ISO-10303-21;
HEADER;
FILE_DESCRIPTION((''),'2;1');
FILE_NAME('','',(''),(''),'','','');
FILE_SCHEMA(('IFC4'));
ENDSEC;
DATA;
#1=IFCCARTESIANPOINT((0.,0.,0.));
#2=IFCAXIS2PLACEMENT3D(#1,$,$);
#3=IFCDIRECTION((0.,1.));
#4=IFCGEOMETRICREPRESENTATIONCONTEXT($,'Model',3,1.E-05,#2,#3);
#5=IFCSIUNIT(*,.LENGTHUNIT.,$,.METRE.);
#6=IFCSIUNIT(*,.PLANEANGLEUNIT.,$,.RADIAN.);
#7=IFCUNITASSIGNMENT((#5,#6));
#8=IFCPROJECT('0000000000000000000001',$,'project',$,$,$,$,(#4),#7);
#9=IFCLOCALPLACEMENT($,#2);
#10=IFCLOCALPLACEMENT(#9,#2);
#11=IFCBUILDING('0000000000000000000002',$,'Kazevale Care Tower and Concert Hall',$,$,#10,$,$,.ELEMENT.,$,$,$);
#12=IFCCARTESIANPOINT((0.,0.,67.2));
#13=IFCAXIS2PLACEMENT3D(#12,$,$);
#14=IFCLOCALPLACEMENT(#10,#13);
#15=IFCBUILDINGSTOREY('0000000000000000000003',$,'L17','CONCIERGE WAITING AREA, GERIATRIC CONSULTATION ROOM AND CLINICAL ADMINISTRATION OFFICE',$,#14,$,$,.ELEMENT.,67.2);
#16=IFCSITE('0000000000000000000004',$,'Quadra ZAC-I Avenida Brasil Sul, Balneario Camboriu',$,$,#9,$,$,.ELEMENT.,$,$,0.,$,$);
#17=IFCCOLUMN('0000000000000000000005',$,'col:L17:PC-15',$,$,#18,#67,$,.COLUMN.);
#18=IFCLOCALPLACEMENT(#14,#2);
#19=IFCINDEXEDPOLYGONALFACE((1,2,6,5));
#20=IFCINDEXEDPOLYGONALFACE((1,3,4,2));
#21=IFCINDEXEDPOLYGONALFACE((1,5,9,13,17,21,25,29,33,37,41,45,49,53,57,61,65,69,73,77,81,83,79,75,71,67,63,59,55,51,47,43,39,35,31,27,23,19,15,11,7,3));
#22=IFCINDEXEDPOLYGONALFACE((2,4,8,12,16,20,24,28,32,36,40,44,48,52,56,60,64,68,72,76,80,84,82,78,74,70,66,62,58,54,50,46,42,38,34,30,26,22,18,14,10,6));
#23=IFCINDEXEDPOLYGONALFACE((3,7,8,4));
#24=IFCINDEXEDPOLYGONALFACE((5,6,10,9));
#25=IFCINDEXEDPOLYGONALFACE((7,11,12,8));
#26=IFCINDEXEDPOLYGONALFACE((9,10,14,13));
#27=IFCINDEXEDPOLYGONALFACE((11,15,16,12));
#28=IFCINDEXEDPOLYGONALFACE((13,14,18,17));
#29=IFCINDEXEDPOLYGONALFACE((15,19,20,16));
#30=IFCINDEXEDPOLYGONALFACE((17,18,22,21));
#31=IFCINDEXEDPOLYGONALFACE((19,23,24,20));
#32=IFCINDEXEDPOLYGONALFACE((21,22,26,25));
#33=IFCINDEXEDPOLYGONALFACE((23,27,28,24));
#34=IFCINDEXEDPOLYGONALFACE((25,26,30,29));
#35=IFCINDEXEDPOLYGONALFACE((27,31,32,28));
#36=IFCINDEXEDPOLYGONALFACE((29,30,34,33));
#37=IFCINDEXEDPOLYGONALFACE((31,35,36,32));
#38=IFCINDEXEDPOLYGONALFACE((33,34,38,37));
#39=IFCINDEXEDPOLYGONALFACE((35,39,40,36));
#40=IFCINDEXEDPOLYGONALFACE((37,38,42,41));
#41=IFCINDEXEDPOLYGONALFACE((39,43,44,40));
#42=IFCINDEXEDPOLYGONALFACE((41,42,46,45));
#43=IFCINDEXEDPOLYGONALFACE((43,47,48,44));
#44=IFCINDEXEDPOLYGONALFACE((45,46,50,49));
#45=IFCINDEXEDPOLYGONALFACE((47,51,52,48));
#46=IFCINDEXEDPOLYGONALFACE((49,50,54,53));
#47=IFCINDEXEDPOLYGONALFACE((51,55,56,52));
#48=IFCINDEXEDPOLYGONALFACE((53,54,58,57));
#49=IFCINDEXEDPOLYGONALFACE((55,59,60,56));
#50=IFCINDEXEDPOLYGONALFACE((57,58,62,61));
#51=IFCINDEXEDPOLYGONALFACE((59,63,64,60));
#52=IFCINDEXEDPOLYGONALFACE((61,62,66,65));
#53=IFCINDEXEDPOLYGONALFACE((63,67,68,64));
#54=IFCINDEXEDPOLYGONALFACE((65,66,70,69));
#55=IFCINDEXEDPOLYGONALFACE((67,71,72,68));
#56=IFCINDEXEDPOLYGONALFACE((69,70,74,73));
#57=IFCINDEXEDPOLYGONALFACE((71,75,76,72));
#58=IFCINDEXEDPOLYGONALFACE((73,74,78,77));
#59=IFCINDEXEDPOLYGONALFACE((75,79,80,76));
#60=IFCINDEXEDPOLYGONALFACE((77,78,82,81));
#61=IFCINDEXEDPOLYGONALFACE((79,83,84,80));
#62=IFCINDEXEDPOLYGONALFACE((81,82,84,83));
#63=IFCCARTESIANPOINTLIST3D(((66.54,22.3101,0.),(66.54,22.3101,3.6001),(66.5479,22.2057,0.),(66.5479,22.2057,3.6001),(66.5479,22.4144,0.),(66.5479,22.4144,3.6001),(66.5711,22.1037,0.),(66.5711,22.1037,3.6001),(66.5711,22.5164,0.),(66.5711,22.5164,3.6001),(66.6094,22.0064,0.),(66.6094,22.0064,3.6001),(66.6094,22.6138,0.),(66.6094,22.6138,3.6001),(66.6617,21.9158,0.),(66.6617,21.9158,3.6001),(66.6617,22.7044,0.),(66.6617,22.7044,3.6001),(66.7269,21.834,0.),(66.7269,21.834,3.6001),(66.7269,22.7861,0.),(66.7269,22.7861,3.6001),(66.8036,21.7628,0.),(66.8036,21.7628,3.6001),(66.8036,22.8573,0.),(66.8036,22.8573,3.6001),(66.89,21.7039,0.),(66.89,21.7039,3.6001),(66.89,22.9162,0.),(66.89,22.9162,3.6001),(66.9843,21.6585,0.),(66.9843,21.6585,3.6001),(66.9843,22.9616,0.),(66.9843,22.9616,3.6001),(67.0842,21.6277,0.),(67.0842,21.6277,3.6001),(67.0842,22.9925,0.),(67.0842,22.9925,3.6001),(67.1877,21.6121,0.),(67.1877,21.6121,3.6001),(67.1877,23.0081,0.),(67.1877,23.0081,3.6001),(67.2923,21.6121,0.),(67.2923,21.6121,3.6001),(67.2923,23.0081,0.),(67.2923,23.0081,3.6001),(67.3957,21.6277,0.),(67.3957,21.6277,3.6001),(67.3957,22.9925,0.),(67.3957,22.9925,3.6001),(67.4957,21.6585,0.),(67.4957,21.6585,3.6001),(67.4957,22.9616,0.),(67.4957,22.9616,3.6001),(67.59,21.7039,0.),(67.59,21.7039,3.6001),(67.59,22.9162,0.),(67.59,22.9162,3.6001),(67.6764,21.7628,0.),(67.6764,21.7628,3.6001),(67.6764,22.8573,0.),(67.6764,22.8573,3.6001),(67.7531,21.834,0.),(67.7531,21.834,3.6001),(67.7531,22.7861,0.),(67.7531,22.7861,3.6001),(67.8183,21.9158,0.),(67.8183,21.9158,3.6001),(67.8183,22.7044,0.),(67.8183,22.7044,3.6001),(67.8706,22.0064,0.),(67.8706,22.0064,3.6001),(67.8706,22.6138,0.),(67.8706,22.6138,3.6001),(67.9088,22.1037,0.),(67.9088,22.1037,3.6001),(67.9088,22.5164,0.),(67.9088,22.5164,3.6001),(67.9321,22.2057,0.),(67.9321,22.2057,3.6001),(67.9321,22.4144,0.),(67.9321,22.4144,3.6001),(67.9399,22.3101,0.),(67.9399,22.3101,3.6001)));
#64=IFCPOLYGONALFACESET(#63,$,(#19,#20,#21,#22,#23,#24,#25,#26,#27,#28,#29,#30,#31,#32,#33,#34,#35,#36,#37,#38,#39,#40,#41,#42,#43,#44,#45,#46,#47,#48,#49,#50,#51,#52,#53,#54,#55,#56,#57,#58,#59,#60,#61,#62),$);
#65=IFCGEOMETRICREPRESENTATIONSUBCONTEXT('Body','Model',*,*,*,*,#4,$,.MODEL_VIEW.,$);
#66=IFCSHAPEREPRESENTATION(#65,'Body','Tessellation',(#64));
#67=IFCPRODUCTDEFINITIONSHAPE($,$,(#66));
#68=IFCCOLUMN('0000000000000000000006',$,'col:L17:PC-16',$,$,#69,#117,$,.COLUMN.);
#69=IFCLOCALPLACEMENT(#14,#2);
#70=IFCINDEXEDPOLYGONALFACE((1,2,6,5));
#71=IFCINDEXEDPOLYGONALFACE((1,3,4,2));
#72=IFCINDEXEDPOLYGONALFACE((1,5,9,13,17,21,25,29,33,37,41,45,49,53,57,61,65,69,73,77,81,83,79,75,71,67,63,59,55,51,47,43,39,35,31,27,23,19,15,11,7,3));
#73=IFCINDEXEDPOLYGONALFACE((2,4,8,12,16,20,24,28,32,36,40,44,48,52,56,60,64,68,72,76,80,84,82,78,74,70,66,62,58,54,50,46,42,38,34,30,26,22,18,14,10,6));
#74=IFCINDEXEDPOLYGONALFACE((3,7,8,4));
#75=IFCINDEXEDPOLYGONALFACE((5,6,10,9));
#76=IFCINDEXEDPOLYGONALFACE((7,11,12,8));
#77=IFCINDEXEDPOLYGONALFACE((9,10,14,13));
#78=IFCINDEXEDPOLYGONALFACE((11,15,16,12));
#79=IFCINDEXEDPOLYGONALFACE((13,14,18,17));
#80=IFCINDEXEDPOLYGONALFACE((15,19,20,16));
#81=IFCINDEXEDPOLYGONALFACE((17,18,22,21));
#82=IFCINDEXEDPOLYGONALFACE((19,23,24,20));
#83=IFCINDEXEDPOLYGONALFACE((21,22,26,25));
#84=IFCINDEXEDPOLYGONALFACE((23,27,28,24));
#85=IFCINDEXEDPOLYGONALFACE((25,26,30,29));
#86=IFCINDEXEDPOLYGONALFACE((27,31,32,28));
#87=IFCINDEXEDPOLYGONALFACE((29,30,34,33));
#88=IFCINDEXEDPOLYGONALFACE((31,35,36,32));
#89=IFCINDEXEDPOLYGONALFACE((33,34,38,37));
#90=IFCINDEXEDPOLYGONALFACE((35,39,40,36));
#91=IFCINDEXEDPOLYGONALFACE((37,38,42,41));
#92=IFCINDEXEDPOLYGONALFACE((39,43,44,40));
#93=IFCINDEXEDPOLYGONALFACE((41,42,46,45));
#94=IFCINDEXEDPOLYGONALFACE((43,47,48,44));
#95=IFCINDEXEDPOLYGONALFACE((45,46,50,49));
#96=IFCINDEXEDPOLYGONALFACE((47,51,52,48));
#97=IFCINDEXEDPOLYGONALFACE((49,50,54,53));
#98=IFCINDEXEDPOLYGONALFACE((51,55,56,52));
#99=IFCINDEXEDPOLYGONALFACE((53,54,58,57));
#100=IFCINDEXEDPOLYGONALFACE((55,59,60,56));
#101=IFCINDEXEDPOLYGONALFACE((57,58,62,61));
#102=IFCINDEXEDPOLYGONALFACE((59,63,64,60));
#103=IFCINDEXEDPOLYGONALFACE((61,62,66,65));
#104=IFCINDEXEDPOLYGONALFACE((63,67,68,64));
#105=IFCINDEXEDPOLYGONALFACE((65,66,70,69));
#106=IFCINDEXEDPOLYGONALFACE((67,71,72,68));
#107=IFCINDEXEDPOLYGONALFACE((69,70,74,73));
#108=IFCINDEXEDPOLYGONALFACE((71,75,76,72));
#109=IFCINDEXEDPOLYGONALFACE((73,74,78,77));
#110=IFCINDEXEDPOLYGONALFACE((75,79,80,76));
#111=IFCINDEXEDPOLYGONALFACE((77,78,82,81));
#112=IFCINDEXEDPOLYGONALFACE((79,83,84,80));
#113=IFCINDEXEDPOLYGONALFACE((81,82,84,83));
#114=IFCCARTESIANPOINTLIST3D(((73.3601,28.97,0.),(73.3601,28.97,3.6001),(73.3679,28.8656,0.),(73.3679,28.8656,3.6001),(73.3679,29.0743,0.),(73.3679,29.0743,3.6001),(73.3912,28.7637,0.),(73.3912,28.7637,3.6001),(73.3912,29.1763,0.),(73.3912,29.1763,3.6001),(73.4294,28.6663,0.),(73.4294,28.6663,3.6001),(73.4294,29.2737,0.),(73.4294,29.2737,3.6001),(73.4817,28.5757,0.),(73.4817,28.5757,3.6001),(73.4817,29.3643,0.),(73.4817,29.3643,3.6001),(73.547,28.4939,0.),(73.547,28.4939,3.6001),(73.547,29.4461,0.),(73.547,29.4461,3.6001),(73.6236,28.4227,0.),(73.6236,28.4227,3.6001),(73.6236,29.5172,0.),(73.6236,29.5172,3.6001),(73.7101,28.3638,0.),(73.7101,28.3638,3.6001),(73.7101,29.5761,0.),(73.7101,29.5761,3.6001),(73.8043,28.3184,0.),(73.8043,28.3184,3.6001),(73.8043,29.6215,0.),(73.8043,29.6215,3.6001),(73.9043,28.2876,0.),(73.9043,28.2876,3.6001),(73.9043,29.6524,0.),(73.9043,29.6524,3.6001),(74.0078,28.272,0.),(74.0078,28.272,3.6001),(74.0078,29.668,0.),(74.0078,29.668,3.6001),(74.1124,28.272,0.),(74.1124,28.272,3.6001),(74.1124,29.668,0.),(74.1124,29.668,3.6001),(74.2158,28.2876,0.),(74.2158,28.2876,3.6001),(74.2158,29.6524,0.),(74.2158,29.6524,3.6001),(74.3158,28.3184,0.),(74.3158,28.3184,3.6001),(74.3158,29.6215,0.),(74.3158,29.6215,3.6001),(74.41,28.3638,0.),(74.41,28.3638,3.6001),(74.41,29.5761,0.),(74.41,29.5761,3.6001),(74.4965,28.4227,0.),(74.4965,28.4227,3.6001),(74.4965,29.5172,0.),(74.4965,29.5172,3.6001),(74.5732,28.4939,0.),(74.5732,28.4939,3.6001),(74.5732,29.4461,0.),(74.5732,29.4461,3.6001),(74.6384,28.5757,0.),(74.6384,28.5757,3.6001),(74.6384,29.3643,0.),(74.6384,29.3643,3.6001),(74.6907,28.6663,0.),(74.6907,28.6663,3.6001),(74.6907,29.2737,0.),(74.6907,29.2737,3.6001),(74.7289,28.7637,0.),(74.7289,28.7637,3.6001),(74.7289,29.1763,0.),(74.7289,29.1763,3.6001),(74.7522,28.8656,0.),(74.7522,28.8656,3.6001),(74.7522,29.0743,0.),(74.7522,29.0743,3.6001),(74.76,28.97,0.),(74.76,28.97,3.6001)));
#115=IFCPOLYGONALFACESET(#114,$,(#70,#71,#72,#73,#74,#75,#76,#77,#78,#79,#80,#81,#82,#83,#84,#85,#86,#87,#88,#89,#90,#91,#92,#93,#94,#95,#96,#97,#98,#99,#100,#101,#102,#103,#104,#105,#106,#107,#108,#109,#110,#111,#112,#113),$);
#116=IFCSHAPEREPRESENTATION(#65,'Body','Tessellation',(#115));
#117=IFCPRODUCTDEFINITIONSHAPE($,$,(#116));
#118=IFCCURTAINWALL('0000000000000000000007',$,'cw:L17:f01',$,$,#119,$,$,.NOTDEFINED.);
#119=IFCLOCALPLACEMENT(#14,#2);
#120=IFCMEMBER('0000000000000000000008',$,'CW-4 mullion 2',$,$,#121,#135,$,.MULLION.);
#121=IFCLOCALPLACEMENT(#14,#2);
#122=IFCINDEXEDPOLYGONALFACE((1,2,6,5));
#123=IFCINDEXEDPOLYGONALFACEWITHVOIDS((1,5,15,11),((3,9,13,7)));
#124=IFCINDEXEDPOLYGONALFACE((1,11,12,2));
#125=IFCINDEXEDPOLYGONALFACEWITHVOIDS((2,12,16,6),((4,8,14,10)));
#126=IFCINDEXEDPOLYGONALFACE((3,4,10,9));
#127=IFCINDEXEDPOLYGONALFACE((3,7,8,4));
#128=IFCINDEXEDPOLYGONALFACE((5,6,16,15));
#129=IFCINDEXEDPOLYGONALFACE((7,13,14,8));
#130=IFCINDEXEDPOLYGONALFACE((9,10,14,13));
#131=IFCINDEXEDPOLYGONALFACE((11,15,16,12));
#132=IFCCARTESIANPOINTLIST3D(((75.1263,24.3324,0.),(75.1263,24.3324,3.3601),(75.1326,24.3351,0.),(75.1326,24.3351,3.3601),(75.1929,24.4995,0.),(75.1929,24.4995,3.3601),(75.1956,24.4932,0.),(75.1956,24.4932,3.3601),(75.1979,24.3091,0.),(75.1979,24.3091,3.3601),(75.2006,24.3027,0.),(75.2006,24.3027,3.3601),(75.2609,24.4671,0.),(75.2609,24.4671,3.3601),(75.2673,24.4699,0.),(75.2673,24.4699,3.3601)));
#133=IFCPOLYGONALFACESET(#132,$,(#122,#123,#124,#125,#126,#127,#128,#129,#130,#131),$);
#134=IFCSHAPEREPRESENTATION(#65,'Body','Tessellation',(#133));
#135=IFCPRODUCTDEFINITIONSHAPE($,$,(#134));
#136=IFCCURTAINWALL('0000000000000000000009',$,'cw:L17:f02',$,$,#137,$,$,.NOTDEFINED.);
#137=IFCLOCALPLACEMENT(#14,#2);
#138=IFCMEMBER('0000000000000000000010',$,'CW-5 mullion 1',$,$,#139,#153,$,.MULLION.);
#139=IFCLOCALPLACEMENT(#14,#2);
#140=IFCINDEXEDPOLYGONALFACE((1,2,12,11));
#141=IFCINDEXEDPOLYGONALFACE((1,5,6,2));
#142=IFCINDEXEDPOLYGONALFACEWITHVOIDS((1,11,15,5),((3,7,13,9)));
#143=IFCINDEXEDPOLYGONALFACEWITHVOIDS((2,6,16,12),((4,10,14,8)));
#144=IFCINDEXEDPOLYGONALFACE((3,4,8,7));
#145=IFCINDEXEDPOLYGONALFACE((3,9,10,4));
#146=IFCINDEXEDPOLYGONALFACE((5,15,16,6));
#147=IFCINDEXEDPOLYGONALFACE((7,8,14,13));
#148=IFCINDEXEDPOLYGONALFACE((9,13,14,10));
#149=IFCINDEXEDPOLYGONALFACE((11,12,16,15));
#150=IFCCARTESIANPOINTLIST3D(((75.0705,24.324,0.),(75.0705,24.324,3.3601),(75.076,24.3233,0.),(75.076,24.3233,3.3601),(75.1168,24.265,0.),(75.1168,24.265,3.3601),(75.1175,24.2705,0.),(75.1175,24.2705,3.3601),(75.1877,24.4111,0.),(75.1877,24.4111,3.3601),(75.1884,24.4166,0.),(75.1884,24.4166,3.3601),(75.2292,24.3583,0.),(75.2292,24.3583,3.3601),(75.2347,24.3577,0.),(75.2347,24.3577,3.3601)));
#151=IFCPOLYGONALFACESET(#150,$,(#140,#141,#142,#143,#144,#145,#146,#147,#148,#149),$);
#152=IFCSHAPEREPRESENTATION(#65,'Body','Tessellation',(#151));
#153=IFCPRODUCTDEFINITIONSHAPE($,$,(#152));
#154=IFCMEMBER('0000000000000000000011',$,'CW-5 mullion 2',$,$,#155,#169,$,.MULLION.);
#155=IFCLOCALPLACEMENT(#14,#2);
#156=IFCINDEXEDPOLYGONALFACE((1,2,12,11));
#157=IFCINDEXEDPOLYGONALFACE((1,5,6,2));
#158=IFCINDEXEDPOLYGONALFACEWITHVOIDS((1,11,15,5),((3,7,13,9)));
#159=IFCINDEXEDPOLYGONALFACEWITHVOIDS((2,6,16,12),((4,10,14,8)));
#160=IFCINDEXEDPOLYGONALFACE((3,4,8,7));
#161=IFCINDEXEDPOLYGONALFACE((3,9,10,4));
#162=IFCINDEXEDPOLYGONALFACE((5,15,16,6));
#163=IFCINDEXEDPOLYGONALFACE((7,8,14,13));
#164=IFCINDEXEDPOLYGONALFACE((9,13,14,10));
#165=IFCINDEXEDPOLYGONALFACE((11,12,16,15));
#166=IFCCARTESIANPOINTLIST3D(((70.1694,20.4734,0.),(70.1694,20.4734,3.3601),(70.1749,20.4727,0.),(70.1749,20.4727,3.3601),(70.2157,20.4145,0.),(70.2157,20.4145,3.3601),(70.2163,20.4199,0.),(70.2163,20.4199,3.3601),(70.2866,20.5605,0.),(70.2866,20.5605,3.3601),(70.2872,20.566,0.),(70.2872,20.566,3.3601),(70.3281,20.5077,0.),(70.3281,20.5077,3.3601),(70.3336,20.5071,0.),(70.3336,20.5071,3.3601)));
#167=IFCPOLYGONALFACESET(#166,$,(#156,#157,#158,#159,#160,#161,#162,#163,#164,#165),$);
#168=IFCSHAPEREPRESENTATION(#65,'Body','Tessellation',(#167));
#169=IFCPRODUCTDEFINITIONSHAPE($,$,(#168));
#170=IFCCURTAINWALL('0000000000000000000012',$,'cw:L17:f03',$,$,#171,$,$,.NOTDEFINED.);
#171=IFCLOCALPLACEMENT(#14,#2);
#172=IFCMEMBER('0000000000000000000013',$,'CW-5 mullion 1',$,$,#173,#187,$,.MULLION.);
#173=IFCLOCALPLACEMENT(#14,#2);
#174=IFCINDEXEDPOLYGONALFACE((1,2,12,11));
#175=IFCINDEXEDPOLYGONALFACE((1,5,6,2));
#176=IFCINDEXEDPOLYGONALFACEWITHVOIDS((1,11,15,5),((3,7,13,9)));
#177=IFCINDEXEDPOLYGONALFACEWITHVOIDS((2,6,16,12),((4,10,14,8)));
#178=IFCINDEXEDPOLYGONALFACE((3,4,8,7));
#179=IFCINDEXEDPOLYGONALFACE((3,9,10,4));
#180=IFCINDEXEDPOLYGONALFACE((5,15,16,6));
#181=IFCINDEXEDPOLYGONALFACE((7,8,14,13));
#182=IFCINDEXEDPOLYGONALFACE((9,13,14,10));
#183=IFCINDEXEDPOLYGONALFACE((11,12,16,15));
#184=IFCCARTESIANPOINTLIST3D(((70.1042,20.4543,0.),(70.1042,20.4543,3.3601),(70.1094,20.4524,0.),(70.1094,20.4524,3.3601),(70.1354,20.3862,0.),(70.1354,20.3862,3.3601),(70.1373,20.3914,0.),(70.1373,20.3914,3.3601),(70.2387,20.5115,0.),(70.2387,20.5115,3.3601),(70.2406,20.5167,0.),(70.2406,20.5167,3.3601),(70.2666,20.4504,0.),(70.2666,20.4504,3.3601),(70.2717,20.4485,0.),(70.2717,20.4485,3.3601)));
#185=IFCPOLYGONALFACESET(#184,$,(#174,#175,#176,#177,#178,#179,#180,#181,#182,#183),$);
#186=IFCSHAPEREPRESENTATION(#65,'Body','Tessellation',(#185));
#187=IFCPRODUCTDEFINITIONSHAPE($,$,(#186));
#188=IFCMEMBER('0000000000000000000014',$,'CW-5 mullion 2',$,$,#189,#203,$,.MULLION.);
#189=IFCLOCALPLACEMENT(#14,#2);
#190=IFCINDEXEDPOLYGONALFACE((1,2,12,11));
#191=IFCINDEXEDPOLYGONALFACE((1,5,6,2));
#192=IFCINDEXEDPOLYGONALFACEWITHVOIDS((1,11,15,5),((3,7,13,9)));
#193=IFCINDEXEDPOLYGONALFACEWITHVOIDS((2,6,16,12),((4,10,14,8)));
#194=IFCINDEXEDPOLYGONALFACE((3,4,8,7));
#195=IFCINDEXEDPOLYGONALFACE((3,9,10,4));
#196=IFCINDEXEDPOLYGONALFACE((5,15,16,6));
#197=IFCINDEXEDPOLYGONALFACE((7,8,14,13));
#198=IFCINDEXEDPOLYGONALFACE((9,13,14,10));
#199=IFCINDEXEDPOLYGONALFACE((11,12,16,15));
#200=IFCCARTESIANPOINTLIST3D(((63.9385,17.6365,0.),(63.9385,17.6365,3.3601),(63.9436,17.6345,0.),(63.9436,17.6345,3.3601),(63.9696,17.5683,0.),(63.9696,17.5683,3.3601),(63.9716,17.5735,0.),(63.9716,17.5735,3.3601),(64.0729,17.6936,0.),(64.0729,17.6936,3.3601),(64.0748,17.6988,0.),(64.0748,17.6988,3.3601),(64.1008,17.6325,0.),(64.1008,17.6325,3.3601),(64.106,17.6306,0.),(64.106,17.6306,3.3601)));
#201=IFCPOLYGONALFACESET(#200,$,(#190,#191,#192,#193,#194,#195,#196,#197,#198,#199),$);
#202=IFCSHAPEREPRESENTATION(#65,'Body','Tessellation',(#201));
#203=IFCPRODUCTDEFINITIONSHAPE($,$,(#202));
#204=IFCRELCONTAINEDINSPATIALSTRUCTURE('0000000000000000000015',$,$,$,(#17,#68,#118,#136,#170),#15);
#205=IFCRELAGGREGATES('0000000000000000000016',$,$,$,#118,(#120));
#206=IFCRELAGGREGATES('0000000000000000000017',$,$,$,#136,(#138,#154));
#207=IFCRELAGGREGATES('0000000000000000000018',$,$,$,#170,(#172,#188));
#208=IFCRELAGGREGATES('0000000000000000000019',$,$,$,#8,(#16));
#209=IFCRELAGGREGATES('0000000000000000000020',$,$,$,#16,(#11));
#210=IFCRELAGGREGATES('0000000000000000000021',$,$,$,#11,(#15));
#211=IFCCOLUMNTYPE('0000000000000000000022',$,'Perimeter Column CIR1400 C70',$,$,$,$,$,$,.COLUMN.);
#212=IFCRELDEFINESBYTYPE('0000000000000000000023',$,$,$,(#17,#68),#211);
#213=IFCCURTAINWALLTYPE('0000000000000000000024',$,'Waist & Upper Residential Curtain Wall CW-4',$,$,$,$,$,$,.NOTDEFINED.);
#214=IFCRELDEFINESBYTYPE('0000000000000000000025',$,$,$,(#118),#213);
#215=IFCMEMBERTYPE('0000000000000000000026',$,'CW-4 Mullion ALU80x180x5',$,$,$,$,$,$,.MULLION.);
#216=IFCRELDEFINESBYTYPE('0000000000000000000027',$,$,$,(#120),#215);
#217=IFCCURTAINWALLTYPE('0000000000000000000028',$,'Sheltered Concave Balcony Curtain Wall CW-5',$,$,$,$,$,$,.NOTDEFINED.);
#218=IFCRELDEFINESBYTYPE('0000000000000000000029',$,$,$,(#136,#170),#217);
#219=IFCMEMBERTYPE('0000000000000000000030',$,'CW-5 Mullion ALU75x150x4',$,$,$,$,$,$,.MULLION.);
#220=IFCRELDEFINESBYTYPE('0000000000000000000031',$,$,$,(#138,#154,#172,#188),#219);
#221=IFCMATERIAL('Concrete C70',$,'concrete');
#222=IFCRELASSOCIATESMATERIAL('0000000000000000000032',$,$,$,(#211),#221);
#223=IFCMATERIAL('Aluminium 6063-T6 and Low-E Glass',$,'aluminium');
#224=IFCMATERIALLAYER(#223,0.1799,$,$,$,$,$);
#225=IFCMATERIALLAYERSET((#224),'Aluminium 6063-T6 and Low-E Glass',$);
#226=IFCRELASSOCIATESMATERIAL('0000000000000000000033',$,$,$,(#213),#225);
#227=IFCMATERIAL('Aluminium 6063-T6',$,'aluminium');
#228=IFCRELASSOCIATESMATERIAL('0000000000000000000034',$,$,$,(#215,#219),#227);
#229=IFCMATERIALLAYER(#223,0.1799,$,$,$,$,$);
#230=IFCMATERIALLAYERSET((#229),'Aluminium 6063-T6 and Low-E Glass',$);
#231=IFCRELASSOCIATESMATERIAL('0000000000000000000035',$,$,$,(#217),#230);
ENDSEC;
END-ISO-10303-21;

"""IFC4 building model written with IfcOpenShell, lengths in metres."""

from ifc_helpers import new_model, si_unit, direction, frame, origin, origin_2d, place, context, subcontext, project, spatial, hollow_rectangle, circle, extrude, material, layer, layer_set, material_profile, profile_set, type_object, element, aggregate, save


model = new_model("IFC4")

# Units and contexts
model_context = context("Model", 3, precision=1e-05, world=origin(), true_north=direction((0.0, 1.0)))
body_context = subcontext(model_context, "Body", "Model", "MODEL_VIEW")
ifc_project = project(units=[si_unit("LENGTHUNIT", "METRE"), si_unit("PLANEANGLEUNIT", "RADIAN")], contexts=[model_context])

# Site, building, storey
site_placement = place(None, origin())
site = spatial("IfcSite", under=ifc_project, at=site_placement, Name="Quadra ZAC-I Avenida Brasil Sul, Balneario Camboriu", CompositionType="ELEMENT", RefElevation=0.0)
building_placement = place(site_placement, origin())
building = spatial("IfcBuilding", under=site, at=building_placement, Name="Kazevale Care Tower and Concert Hall", CompositionType="ELEMENT")
storey_placement = place(building_placement, frame((0.0, 0.0, 67.2)))
storey = spatial("IfcBuildingStorey", under=building, at=storey_placement, Name="L17", Description="CONCIERGE WAITING AREA, GERIATRIC CONSULTATION ROOM AND CLINICAL ADMINISTRATION OFFICE", CompositionType="ELEMENT", Elevation=67.2)

# Columns
ifc_material_1 = material(Name="Concrete C70", Category="concrete")
ifc_material_profile_1 = material_profile(ifc_material_1, circle(Radius=0.7, at=origin_2d()), Name="RC-CIR1400")
ifc_profile_set_1 = profile_set([ifc_material_profile_1], Name="Concrete C70")
column_type = type_object("IfcColumnType", Name="Perimeter Column CIR1400 C70", PredefinedType="COLUMN", material=ifc_profile_set_1)
for number, where, z_axis, x_axis, name in (
    (1, (67.24, 22.3101, 0.0), (0.0, 0.0, 1.0), (1.0, 0.0, 0.0), "col:L17:PC-15"),
    (2, (74.0601, 28.97, 0.0), (0.0, 0.0, 1.0), (1.0, 0.0, 0.0), "col:L17:PC-16"),
):
    element("IfcColumn", number, at=place(storey_placement, frame(where, z_axis=z_axis, x_axis=x_axis)), inside=storey, type_object=column_type, Name=name, PredefinedType="COLUMN", context=body_context, shape_type="SweptSolid", body=[
        extrude(circle(Radius=0.7, at=origin_2d()), origin(), (0.0, 0.0, 1.0), 3.6001),
    ])

# Curtain wall, member
ifc_material_2 = material(Name="Aluminium 6063-T6 and Low-E Glass", Category="aluminium")
ifc_layer_1 = layer(ifc_material_2, 0.1799)
ifc_layer_set_1 = layer_set([ifc_layer_1], Name="Aluminium 6063-T6 and Low-E Glass")
curtain_wall_type_1 = type_object("IfcCurtainWallType", Name="Waist & Upper Residential Curtain Wall CW-4", PredefinedType="NOTDEFINED", material=ifc_layer_set_1)
curtain_wall_1_placement = place(storey_placement, origin())
curtain_wall_1 = element("IfcCurtainWall", 3, at=curtain_wall_1_placement, inside=storey, type_object=curtain_wall_type_1, Name="cw:L17:f01", PredefinedType="NOTDEFINED")
ifc_material_3 = material(Name="Aluminium 6063-T6", Category="aluminium")
ifc_material_profile_2 = material_profile(ifc_material_3, hollow_rectangle(XDim=0.0801, YDim=0.1799, WallThickness=0.0049, at=origin_2d()), Name="ALU80x180x5")
ifc_profile_set_2 = profile_set([ifc_material_profile_2], Name="Aluminium 6063-T6")
member_type_1 = type_object("IfcMemberType", Name="CW-4 Mullion ALU80x180x5", PredefinedType="MULLION", material=ifc_profile_set_2)
member_1_placement = place(storey_placement, frame((75.1968, 24.4011, 0.0), z_axis=(0.0, 0.0, 1.0), x_axis=(0.928861, -0.370427, 0.0)))
member_1 = element("IfcMember", 4, at=member_1_placement, type_object=member_type_1, Name="CW-4 mullion 2", PredefinedType="MULLION", context=body_context, shape_type="SweptSolid", body=[
    extrude(hollow_rectangle(XDim=0.0801, YDim=0.1799, WallThickness=0.0049, at=origin_2d()), origin(), (0.0, 0.0, 1.0), 3.3601),
])
aggregate(curtain_wall_1, [member_1])

# Curtain walls, members
ifc_layer_2 = layer(ifc_material_2, 0.1799)
ifc_layer_set_2 = layer_set([ifc_layer_2], Name="Aluminium 6063-T6 and Low-E Glass")
curtain_wall_type_2 = type_object("IfcCurtainWallType", Name="Sheltered Concave Balcony Curtain Wall CW-5", PredefinedType="NOTDEFINED", material=ifc_layer_set_2)
curtain_wall_2_placement = place(storey_placement, origin())
curtain_wall_2 = element("IfcCurtainWall", 5, at=curtain_wall_2_placement, inside=storey, type_object=curtain_wall_type_2, Name="cw:L17:f02", PredefinedType="NOTDEFINED")
ifc_material_profile_3 = material_profile(ifc_material_3, hollow_rectangle(XDim=0.075, YDim=0.1499, WallThickness=0.0039, at=origin_2d()), Name="ALU75x150x4")
ifc_profile_set_3 = profile_set([ifc_material_profile_3], Name="Aluminium 6063-T6")
member_type_2 = type_object("IfcMemberType", Name="CW-5 Mullion ALU75x150x4", PredefinedType="MULLION", material=ifc_profile_set_3)
member_2_placement = place(storey_placement, frame((75.1526, 24.3408, 0.0), z_axis=(0.0, 0.0, 1.0), x_axis=(0.617808, -0.786329, 0.0)))
member_2 = element("IfcMember", 6, at=member_2_placement, type_object=member_type_2, Name="CW-5 mullion 1", PredefinedType="MULLION", context=body_context, shape_type="SweptSolid", body=[
    extrude(hollow_rectangle(XDim=0.075, YDim=0.1499, WallThickness=0.0039, at=origin_2d()), origin(), (0.0, 0.0, 1.0), 3.3601),
])
member_3_placement = place(storey_placement, frame((70.2515, 20.4902, 0.0), z_axis=(0.0, 0.0, 1.0), x_axis=(0.617808, -0.786329, 0.0)))
member_3 = element("IfcMember", 7, at=member_3_placement, type_object=member_type_2, Name="CW-5 mullion 2", PredefinedType="MULLION", context=body_context, shape_type="SweptSolid", body=[
    extrude(hollow_rectangle(XDim=0.075, YDim=0.1499, WallThickness=0.0039, at=origin_2d()), origin(), (0.0, 0.0, 1.0), 3.3601),
])
curtain_wall_3_placement = place(storey_placement, origin())
curtain_wall_3 = element("IfcCurtainWall", 8, at=curtain_wall_3_placement, inside=storey, type_object=curtain_wall_type_2, Name="cw:L17:f03", PredefinedType="NOTDEFINED")
member_4_placement = place(storey_placement, frame((70.188, 20.4514, 0.0), z_axis=(0.0, 0.0, 1.0), x_axis=(0.41566, -0.90952, 0.0)))
member_4 = element("IfcMember", 9, at=member_4_placement, type_object=member_type_2, Name="CW-5 mullion 1", PredefinedType="MULLION", context=body_context, shape_type="SweptSolid", body=[
    extrude(hollow_rectangle(XDim=0.075, YDim=0.1499, WallThickness=0.0039, at=origin_2d()), origin(), (0.0, 0.0, 1.0), 3.3601),
])
member_5_placement = place(storey_placement, frame((64.0222, 17.6335, 0.0), z_axis=(0.0, 0.0, 1.0), x_axis=(0.41566, -0.90952, 0.0)))
member_5 = element("IfcMember", 10, at=member_5_placement, type_object=member_type_2, Name="CW-5 mullion 2", PredefinedType="MULLION", context=body_context, shape_type="SweptSolid", body=[
    extrude(hollow_rectangle(XDim=0.075, YDim=0.1499, WallThickness=0.0039, at=origin_2d()), origin(), (0.0, 0.0, 1.0), 3.3601),
])

aggregate(curtain_wall_2, [member_2, member_3])
aggregate(curtain_wall_3, [member_4, member_5])

save(model, "model.ifc")
